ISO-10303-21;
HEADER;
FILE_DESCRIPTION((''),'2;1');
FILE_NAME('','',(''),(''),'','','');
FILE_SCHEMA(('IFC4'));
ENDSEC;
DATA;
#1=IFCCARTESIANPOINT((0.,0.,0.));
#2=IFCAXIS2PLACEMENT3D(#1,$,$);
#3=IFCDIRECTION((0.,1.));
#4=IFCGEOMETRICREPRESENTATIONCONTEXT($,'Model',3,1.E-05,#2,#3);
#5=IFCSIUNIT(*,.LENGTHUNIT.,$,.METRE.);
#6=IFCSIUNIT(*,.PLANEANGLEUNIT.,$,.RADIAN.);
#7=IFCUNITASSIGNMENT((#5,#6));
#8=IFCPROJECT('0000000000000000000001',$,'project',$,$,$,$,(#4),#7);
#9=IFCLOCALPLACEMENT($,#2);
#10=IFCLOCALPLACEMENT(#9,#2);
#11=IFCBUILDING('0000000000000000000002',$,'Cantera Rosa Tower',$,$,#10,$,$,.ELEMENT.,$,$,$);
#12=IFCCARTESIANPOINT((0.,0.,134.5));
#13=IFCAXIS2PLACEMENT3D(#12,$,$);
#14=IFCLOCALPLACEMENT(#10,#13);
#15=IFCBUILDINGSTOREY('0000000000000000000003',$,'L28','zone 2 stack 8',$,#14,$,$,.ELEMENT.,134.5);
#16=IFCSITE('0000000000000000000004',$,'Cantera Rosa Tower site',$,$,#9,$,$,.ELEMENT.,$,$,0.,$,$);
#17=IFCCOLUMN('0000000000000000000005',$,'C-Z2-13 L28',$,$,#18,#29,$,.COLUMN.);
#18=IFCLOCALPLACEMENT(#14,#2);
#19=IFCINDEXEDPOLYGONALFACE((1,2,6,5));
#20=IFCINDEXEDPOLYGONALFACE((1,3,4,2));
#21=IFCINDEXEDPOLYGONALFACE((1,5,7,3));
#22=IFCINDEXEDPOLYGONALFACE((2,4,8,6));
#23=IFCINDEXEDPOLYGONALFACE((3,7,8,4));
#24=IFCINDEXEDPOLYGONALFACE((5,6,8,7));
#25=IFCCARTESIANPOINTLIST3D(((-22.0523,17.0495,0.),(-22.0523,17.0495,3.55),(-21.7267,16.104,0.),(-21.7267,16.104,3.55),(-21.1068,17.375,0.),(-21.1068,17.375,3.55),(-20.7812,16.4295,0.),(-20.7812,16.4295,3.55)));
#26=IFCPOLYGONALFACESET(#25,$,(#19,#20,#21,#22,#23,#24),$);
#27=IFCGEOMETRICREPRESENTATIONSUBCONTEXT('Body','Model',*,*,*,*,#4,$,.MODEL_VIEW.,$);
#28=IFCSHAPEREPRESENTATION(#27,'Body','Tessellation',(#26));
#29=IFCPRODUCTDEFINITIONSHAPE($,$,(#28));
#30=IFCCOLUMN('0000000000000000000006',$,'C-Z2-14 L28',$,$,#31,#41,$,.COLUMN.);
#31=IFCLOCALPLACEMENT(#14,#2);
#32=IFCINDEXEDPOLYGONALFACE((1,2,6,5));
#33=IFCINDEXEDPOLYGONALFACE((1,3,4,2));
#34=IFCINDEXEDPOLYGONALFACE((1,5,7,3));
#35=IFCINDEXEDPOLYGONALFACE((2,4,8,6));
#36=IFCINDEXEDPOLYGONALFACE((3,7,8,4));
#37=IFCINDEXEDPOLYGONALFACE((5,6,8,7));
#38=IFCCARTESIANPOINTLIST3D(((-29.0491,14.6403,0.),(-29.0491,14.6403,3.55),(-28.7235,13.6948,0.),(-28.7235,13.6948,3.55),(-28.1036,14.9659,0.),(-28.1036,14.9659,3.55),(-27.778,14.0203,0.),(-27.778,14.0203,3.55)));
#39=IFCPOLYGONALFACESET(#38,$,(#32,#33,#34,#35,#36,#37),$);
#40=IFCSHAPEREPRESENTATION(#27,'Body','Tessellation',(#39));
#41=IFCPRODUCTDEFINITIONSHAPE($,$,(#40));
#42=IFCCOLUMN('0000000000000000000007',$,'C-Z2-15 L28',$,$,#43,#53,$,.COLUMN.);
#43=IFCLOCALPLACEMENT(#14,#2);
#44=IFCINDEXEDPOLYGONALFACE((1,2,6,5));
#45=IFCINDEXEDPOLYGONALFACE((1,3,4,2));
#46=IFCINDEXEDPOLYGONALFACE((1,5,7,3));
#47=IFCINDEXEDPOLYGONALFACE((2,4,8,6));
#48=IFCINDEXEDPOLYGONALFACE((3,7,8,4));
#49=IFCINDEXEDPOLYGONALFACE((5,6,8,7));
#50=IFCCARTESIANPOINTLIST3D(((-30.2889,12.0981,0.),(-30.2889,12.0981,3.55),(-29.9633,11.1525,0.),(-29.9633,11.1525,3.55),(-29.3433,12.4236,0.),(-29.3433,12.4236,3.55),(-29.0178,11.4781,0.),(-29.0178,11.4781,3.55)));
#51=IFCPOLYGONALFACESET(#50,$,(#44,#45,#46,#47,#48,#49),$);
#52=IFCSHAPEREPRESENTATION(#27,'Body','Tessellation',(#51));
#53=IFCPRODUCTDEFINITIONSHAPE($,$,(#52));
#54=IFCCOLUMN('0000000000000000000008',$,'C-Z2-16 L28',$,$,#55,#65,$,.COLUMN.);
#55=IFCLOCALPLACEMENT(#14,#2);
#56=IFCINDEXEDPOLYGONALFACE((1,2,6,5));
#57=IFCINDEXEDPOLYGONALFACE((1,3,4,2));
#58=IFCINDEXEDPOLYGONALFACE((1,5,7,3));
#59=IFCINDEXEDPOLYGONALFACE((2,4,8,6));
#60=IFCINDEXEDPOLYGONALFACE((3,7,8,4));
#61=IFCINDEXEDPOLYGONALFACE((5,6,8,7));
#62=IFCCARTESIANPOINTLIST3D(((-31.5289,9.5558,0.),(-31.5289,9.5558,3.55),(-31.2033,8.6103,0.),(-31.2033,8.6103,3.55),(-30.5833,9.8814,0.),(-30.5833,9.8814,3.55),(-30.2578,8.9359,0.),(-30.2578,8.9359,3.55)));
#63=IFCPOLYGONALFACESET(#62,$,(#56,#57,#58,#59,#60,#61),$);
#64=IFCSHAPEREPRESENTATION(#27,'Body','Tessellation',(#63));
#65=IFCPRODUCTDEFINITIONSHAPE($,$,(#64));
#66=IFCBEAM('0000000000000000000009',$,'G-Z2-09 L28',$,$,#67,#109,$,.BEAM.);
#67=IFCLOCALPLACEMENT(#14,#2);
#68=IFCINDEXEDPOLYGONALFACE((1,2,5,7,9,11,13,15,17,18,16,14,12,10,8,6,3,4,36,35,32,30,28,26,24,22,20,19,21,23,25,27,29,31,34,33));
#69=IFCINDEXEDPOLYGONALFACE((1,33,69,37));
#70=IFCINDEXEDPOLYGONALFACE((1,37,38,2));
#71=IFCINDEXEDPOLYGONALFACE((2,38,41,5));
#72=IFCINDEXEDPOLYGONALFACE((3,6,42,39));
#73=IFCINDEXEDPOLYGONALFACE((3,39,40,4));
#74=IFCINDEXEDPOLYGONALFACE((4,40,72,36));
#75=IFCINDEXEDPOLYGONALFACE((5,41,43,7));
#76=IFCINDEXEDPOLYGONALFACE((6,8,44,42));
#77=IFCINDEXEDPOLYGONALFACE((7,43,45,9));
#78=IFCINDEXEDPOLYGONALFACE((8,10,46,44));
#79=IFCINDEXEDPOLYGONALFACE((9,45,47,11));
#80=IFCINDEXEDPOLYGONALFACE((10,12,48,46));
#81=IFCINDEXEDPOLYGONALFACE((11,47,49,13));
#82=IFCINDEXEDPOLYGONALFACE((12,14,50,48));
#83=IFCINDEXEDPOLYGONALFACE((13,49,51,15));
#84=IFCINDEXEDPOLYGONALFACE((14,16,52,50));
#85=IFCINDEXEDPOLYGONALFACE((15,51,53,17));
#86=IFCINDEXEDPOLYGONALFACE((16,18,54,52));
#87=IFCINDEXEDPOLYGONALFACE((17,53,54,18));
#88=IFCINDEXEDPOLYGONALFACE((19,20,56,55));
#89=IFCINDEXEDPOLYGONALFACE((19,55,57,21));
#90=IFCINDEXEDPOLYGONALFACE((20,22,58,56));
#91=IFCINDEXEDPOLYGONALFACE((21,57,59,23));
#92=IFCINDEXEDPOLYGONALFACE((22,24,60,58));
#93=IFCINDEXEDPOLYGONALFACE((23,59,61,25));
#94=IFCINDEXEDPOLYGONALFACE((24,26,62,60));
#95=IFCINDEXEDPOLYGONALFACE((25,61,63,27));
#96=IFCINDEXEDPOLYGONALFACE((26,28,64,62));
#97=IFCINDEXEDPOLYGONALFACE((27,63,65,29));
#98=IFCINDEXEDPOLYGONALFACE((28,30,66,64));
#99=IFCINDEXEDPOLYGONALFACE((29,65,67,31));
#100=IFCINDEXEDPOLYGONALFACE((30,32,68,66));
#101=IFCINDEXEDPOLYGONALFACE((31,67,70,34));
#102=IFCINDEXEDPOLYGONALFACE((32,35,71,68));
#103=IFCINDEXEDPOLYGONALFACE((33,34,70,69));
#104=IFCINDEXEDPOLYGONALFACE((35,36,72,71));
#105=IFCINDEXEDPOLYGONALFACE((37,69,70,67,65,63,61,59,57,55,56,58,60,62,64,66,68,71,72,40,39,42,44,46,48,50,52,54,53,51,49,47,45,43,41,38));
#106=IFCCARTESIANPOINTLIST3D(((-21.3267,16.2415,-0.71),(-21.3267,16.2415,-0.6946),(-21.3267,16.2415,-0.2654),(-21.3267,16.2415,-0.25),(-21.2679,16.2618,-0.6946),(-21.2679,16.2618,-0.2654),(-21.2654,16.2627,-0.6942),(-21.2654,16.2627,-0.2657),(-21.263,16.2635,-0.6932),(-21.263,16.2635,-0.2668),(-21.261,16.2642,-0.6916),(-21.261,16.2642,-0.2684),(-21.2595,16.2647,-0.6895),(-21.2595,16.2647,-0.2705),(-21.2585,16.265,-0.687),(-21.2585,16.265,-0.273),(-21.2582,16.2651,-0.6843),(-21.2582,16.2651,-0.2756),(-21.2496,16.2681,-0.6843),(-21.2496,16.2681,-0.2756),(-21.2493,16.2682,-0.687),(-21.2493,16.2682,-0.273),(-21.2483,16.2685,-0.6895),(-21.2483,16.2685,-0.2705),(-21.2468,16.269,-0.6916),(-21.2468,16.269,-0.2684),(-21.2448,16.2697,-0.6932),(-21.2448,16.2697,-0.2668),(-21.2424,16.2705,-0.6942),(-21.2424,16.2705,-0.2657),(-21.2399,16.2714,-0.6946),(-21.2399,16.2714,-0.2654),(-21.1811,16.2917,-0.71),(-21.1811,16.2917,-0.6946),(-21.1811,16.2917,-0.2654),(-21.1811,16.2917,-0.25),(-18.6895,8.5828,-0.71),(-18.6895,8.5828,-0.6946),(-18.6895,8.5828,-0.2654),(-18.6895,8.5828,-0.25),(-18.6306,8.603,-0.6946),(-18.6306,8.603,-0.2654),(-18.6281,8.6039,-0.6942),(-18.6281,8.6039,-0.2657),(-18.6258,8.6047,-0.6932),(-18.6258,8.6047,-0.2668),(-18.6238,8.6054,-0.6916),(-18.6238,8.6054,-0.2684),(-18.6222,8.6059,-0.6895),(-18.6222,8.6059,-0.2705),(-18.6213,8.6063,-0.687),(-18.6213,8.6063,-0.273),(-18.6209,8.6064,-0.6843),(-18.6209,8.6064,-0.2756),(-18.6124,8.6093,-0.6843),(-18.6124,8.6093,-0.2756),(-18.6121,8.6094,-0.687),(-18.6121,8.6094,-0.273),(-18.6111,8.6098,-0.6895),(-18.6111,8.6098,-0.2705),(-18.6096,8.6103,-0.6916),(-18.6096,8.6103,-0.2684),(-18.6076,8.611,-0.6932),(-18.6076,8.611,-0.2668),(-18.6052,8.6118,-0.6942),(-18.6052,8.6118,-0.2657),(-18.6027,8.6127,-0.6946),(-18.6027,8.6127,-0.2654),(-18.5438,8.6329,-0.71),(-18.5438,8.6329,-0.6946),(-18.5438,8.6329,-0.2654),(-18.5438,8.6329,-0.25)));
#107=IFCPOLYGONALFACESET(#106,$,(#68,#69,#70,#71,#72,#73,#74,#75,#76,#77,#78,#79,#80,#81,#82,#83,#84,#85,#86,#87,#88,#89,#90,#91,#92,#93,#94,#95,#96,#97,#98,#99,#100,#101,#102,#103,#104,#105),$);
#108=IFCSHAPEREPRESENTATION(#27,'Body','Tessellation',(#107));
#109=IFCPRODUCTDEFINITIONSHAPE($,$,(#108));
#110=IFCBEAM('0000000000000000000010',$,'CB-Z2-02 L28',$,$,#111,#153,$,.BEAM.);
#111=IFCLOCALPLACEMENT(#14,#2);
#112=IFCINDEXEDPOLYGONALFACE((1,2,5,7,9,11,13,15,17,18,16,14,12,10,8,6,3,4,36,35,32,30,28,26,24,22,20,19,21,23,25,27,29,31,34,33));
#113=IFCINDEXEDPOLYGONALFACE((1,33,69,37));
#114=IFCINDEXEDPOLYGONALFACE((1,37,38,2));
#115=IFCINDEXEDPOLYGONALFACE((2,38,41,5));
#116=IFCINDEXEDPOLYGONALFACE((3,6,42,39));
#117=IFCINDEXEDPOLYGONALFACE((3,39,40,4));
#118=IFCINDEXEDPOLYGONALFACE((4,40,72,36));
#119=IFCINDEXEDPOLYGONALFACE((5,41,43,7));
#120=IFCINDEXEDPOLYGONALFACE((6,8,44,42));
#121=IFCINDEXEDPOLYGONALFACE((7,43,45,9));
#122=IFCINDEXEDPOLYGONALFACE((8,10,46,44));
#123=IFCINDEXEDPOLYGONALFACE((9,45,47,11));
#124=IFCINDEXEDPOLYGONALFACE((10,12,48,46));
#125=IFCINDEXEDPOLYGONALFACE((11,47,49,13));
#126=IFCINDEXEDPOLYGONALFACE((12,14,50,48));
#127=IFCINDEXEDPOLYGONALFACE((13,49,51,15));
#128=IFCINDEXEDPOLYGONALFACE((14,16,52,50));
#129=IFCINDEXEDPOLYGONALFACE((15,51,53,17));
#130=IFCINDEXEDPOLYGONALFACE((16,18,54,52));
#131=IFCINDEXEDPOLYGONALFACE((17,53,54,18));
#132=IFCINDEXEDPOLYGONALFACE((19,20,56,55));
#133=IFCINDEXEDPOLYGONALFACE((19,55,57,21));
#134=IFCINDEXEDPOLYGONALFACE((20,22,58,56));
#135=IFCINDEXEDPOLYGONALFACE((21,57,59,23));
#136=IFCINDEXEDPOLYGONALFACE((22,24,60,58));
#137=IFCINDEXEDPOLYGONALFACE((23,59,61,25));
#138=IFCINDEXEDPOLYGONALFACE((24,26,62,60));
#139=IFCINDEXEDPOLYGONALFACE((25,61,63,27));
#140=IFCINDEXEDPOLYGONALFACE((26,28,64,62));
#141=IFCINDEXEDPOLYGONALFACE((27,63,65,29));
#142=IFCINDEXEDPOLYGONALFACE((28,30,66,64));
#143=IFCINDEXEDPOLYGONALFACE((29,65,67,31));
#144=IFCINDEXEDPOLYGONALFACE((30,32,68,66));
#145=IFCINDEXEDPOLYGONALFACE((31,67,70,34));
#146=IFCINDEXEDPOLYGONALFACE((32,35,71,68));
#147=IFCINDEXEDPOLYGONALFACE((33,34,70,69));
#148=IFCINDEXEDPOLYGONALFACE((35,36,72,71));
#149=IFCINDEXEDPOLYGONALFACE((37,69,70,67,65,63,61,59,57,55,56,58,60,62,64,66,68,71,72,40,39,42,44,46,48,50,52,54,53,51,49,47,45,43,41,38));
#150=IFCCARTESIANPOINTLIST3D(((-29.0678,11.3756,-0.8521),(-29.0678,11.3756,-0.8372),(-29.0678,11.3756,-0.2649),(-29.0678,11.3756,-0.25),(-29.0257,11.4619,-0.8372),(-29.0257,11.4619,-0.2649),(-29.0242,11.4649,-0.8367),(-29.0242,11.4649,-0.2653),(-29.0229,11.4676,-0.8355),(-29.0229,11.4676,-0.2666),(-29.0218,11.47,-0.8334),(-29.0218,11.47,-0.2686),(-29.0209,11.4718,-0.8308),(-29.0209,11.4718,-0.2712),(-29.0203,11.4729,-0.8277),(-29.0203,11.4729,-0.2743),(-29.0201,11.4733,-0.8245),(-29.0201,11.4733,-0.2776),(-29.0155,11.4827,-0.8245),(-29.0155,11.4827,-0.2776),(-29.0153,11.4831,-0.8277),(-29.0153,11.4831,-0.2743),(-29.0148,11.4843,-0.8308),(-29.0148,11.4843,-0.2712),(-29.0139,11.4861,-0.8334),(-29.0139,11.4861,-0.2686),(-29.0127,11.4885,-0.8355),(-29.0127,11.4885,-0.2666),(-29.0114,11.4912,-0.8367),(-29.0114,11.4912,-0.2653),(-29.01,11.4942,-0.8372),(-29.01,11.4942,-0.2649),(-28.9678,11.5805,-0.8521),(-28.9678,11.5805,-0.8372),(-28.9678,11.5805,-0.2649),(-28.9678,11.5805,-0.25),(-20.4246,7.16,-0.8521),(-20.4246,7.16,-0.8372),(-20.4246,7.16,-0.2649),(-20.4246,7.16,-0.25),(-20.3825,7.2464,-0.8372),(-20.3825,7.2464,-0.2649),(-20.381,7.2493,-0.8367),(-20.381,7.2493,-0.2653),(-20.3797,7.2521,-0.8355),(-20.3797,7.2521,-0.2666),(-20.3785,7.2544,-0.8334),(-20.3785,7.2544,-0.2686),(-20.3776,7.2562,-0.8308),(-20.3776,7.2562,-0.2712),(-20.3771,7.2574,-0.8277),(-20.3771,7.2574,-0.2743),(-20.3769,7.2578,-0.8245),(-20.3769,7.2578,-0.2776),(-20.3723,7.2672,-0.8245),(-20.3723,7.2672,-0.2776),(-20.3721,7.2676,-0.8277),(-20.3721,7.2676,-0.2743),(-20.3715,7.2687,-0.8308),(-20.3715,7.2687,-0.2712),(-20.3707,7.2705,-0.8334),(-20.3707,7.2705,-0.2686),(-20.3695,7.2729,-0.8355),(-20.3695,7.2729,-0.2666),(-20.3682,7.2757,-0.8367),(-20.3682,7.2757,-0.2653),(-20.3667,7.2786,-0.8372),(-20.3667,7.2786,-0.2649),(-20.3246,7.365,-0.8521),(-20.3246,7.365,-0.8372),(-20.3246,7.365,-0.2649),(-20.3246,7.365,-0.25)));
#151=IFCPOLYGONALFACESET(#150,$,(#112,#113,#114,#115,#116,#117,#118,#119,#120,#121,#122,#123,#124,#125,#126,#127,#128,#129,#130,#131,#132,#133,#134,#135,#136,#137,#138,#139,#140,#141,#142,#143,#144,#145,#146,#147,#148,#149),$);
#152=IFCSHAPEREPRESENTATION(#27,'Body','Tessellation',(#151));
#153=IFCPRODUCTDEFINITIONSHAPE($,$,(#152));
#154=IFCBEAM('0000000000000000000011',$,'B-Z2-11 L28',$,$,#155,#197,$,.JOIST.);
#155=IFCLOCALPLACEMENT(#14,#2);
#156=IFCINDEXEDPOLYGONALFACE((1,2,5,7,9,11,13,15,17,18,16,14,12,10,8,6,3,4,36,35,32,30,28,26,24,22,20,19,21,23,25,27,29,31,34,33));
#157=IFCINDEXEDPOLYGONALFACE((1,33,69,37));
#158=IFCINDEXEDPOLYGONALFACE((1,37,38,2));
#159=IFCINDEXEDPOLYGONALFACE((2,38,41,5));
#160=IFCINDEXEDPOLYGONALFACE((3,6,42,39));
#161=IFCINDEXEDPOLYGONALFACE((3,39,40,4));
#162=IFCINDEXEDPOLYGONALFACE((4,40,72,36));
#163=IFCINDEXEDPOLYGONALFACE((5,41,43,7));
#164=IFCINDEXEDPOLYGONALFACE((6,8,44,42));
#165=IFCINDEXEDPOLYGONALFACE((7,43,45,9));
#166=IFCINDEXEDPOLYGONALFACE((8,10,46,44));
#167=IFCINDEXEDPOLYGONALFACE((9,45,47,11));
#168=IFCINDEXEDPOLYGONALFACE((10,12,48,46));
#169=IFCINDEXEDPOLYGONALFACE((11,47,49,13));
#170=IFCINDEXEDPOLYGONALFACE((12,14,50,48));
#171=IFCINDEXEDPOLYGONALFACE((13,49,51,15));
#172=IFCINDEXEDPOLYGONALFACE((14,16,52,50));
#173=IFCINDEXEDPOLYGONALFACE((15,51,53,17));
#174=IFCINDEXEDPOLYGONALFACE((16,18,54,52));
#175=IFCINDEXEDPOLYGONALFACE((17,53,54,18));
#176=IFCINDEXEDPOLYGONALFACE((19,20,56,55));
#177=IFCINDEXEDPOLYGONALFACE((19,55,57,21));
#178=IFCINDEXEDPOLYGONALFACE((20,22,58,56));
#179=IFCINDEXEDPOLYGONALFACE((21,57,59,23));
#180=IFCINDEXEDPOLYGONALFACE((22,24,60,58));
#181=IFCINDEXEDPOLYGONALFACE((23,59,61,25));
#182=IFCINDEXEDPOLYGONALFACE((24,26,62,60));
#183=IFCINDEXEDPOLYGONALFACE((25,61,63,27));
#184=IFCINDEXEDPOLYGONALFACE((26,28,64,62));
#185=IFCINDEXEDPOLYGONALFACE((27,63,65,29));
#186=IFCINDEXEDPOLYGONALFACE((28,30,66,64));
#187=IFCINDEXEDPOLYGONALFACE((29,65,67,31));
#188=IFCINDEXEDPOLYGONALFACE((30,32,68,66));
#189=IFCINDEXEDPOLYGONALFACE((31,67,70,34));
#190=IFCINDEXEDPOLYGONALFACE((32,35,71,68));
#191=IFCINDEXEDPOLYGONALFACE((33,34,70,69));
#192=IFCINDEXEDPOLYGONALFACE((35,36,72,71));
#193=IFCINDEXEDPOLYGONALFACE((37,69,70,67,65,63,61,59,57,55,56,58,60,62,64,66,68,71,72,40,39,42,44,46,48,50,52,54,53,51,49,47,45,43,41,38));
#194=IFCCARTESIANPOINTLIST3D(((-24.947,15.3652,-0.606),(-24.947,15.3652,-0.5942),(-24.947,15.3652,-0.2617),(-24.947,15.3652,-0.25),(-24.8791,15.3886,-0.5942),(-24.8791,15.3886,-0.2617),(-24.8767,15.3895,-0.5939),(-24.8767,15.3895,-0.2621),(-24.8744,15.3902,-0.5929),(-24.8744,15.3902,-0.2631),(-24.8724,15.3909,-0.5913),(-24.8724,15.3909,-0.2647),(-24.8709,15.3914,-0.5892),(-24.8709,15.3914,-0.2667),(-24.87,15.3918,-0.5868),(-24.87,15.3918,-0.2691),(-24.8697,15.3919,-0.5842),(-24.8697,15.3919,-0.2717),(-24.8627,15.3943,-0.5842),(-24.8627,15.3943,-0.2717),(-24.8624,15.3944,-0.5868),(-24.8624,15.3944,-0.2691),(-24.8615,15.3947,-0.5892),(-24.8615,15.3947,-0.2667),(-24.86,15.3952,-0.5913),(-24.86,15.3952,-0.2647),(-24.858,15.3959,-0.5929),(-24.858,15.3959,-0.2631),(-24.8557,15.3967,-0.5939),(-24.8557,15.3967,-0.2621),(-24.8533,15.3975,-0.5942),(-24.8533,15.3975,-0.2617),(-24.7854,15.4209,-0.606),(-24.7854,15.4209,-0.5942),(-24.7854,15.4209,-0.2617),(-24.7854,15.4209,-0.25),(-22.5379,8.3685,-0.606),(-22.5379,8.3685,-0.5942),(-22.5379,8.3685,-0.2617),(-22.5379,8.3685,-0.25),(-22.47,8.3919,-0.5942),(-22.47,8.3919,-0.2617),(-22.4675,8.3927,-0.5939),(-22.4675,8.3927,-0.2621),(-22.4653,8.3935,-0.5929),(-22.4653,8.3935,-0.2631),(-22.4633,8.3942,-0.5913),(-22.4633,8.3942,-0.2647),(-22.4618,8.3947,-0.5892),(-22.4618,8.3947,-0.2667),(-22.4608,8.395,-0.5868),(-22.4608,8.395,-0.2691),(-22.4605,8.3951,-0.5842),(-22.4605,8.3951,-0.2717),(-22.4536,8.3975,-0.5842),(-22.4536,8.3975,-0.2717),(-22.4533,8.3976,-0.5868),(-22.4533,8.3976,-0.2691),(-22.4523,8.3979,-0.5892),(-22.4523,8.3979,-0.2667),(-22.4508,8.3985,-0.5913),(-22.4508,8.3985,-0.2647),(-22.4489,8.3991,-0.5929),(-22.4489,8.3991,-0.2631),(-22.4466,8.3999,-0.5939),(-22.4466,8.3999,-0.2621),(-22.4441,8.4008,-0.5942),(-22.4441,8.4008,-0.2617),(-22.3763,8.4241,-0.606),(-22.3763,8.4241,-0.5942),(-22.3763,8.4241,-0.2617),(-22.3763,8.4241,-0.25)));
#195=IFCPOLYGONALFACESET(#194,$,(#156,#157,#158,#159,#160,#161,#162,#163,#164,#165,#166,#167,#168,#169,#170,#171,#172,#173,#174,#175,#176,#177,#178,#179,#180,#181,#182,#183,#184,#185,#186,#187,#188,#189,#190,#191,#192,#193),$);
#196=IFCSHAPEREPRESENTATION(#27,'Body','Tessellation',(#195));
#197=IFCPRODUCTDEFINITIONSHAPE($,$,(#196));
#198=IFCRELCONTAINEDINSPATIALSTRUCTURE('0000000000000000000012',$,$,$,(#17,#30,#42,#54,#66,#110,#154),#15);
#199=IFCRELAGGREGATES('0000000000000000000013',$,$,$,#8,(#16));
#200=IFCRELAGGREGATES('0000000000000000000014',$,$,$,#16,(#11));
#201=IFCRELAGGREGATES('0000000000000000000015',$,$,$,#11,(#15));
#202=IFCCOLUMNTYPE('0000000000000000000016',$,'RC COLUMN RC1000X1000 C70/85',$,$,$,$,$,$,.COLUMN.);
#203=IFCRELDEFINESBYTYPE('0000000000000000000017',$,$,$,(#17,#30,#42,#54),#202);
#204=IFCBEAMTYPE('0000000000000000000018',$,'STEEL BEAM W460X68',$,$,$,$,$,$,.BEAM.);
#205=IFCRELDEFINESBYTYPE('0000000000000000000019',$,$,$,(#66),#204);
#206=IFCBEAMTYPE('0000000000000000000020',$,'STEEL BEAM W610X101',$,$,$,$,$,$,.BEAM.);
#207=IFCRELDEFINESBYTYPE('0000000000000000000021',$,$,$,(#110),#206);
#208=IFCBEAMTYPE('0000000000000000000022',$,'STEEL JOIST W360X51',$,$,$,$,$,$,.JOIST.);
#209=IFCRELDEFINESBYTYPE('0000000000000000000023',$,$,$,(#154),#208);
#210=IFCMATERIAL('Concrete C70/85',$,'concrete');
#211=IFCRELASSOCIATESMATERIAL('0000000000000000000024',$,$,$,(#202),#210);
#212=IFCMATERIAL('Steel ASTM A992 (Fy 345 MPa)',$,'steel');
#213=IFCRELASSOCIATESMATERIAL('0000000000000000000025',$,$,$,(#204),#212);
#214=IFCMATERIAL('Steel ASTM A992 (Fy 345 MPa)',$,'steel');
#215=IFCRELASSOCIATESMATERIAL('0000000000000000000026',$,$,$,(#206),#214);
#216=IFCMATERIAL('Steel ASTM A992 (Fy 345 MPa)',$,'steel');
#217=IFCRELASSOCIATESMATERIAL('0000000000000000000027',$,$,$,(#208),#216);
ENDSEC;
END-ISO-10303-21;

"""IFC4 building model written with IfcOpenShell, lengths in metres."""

from ifc_helpers import new_model, si_unit, direction, frame, origin, origin_2d, place, context, subcontext, project, spatial, rectangle, i_section, extrude, material, material_profile, profile_set, type_object, element, save


model = new_model("IFC4")

# Units and contexts
model_context = context("Model", 3, precision=1e-05, world=origin(), true_north=direction((0.0, 1.0)))
body_context = subcontext(model_context, "Body", "Model", "MODEL_VIEW")
ifc_project = project(units=[si_unit("LENGTHUNIT", "METRE"), si_unit("PLANEANGLEUNIT", "RADIAN")], contexts=[model_context])

# Site, building, storey
site_placement = place(None, origin())
site = spatial("IfcSite", under=ifc_project, at=site_placement, Name="Cantera Rosa Tower site", CompositionType="ELEMENT", RefElevation=0.0)
building_placement = place(site_placement, origin())
building = spatial("IfcBuilding", under=site, at=building_placement, Name="Cantera Rosa Tower", CompositionType="ELEMENT")
storey_placement = place(building_placement, frame((0.0, 0.0, 134.5)))
storey = spatial("IfcBuildingStorey", under=building, at=storey_placement, Name="L28", Description="zone 2 stack 8", CompositionType="ELEMENT", Elevation=134.5)

# Columns
ifc_material_1 = material(Name="Concrete C70/85", Category="concrete")
ifc_material_profile_1 = material_profile(ifc_material_1, rectangle(XDim=1.0, YDim=1.0, at=origin_2d()), Name="RC COLUMN RC1000X1000 C70/85")
ifc_profile_set_1 = profile_set([ifc_material_profile_1], Name="Concrete C70/85")
column_type = type_object("IfcColumnType", Name="RC COLUMN RC1000X1000 C70/85", PredefinedType="COLUMN", material=ifc_profile_set_1)
for number, where, z_axis, x_axis, name in (
    (1, (-21.4167, 16.7395, 0.0), (0.0, 0.0, 1.0), (0.945519, 0.325568, 0.0), "C-Z2-13 L28"),
    (2, (-28.4136, 14.3303, 0.0), (0.0, 0.0, 1.0), (0.945519, 0.325568, 0.0), "C-Z2-14 L28"),
    (3, (-29.6533, 11.7881, 0.0), (0.0, 0.0, 1.0), (0.945519, 0.325568, 0.0), "C-Z2-15 L28"),
    (4, (-30.8933, 9.2458, 0.0), (0.0, 0.0, 1.0), (0.945519, 0.325568, 0.0), "C-Z2-16 L28"),
):
    element("IfcColumn", number, at=place(storey_placement, frame(where, z_axis=z_axis, x_axis=x_axis)), inside=storey, type_object=column_type, Name=name, PredefinedType="COLUMN", context=body_context, shape_type="SweptSolid", body=[
        extrude(rectangle(XDim=1.0, YDim=1.0, at=origin_2d()), origin(), (0.0, 0.0, 1.0), 3.55),
    ])

# Beams
ifc_material_2 = material(Name="Steel ASTM A992 (Fy 345 MPa)", Category="steel")
ifc_material_profile_2 = material_profile(ifc_material_2, i_section(OverallWidth=0.1541, OverallDepth=0.46, WebThickness=0.009, FlangeThickness=0.0154, FilletRadius=0.0103, at=origin_2d()), Name="W460X68")
ifc_profile_set_2 = profile_set([ifc_material_profile_2], Name="Steel ASTM A992 (Fy 345 MPa)")
beam_type_1 = type_object("IfcBeamType", Name="STEEL BEAM W460X68", PredefinedType="BEAM", material=ifc_profile_set_2)
beam_1_placement = place(storey_placement, frame((-21.2539, 16.2666, -0.48), z_axis=(0.32558, -0.945514, 0.0), x_axis=(0.945514, 0.32558, 0.0)))
element("IfcBeam", 5, at=beam_1_placement, inside=storey, type_object=beam_type_1, Name="G-Z2-09 L28", PredefinedType="BEAM", context=body_context, shape_type="SweptSolid", body=[
    extrude(i_section(OverallWidth=0.1541, OverallDepth=0.46, WebThickness=0.009, FlangeThickness=0.0154, FilletRadius=0.0103, at=origin_2d()), origin(), (0.0, 0.0, 1.0), 8.1001),
])
ifc_material_3 = material(Name="Steel ASTM A992 (Fy 345 MPa)", Category="steel")
ifc_material_profile_3 = material_profile(ifc_material_3, i_section(OverallWidth=0.228, OverallDepth=0.6021, WebThickness=0.0105, FlangeThickness=0.0149, FilletRadius=0.0127, at=origin_2d()), Name="W610X101")
ifc_profile_set_3 = profile_set([ifc_material_profile_3], Name="Steel ASTM A992 (Fy 345 MPa)")
beam_type_2 = type_object("IfcBeamType", Name="STEEL BEAM W610X101", PredefinedType="BEAM", material=ifc_profile_set_3)
beam_2_placement = place(storey_placement, frame((-29.0178, 11.478, -0.551), z_axis=(0.898796, -0.438367, 0.0), x_axis=(0.438367, 0.898796, 0.0)))
element("IfcBeam", 6, at=beam_2_placement, inside=storey, type_object=beam_type_2, Name="CB-Z2-02 L28", PredefinedType="BEAM", context=body_context, shape_type="SweptSolid", body=[
    extrude(i_section(OverallWidth=0.228, OverallDepth=0.6021, WebThickness=0.0105, FlangeThickness=0.0149, FilletRadius=0.0127, at=origin_2d()), origin(), (0.0, 0.0, 1.0), 9.6165),
])
ifc_material_4 = material(Name="Steel ASTM A992 (Fy 345 MPa)", Category="steel")
ifc_material_profile_4 = material_profile(ifc_material_4, i_section(OverallWidth=0.1709, OverallDepth=0.356, WebThickness=0.0073, FlangeThickness=0.0117, FilletRadius=0.01, at=origin_2d()), Name="W360X51")
ifc_profile_set_4 = profile_set([ifc_material_profile_4], Name="Steel ASTM A992 (Fy 345 MPa)")
beam_type_3 = type_object("IfcBeamType", Name="STEEL JOIST W360X51", PredefinedType="JOIST", material=ifc_profile_set_4)
beam_3_placement = place(storey_placement, frame((-24.8662, 15.3931, -0.428), z_axis=(0.325566, -0.945519, 0.0), x_axis=(0.945519, 0.325566, 0.0)))
element("IfcBeam", 7, at=beam_3_placement, inside=storey, type_object=beam_type_3, Name="B-Z2-11 L28", PredefinedType="JOIST", context=body_context, shape_type="SweptSolid", body=[
    extrude(i_section(OverallWidth=0.1709, OverallDepth=0.356, WebThickness=0.0073, FlangeThickness=0.0117, FilletRadius=0.01, at=origin_2d()), origin(), (0.0, 0.0, 1.0), 7.3999),
])

save(model, "model.ifc")
